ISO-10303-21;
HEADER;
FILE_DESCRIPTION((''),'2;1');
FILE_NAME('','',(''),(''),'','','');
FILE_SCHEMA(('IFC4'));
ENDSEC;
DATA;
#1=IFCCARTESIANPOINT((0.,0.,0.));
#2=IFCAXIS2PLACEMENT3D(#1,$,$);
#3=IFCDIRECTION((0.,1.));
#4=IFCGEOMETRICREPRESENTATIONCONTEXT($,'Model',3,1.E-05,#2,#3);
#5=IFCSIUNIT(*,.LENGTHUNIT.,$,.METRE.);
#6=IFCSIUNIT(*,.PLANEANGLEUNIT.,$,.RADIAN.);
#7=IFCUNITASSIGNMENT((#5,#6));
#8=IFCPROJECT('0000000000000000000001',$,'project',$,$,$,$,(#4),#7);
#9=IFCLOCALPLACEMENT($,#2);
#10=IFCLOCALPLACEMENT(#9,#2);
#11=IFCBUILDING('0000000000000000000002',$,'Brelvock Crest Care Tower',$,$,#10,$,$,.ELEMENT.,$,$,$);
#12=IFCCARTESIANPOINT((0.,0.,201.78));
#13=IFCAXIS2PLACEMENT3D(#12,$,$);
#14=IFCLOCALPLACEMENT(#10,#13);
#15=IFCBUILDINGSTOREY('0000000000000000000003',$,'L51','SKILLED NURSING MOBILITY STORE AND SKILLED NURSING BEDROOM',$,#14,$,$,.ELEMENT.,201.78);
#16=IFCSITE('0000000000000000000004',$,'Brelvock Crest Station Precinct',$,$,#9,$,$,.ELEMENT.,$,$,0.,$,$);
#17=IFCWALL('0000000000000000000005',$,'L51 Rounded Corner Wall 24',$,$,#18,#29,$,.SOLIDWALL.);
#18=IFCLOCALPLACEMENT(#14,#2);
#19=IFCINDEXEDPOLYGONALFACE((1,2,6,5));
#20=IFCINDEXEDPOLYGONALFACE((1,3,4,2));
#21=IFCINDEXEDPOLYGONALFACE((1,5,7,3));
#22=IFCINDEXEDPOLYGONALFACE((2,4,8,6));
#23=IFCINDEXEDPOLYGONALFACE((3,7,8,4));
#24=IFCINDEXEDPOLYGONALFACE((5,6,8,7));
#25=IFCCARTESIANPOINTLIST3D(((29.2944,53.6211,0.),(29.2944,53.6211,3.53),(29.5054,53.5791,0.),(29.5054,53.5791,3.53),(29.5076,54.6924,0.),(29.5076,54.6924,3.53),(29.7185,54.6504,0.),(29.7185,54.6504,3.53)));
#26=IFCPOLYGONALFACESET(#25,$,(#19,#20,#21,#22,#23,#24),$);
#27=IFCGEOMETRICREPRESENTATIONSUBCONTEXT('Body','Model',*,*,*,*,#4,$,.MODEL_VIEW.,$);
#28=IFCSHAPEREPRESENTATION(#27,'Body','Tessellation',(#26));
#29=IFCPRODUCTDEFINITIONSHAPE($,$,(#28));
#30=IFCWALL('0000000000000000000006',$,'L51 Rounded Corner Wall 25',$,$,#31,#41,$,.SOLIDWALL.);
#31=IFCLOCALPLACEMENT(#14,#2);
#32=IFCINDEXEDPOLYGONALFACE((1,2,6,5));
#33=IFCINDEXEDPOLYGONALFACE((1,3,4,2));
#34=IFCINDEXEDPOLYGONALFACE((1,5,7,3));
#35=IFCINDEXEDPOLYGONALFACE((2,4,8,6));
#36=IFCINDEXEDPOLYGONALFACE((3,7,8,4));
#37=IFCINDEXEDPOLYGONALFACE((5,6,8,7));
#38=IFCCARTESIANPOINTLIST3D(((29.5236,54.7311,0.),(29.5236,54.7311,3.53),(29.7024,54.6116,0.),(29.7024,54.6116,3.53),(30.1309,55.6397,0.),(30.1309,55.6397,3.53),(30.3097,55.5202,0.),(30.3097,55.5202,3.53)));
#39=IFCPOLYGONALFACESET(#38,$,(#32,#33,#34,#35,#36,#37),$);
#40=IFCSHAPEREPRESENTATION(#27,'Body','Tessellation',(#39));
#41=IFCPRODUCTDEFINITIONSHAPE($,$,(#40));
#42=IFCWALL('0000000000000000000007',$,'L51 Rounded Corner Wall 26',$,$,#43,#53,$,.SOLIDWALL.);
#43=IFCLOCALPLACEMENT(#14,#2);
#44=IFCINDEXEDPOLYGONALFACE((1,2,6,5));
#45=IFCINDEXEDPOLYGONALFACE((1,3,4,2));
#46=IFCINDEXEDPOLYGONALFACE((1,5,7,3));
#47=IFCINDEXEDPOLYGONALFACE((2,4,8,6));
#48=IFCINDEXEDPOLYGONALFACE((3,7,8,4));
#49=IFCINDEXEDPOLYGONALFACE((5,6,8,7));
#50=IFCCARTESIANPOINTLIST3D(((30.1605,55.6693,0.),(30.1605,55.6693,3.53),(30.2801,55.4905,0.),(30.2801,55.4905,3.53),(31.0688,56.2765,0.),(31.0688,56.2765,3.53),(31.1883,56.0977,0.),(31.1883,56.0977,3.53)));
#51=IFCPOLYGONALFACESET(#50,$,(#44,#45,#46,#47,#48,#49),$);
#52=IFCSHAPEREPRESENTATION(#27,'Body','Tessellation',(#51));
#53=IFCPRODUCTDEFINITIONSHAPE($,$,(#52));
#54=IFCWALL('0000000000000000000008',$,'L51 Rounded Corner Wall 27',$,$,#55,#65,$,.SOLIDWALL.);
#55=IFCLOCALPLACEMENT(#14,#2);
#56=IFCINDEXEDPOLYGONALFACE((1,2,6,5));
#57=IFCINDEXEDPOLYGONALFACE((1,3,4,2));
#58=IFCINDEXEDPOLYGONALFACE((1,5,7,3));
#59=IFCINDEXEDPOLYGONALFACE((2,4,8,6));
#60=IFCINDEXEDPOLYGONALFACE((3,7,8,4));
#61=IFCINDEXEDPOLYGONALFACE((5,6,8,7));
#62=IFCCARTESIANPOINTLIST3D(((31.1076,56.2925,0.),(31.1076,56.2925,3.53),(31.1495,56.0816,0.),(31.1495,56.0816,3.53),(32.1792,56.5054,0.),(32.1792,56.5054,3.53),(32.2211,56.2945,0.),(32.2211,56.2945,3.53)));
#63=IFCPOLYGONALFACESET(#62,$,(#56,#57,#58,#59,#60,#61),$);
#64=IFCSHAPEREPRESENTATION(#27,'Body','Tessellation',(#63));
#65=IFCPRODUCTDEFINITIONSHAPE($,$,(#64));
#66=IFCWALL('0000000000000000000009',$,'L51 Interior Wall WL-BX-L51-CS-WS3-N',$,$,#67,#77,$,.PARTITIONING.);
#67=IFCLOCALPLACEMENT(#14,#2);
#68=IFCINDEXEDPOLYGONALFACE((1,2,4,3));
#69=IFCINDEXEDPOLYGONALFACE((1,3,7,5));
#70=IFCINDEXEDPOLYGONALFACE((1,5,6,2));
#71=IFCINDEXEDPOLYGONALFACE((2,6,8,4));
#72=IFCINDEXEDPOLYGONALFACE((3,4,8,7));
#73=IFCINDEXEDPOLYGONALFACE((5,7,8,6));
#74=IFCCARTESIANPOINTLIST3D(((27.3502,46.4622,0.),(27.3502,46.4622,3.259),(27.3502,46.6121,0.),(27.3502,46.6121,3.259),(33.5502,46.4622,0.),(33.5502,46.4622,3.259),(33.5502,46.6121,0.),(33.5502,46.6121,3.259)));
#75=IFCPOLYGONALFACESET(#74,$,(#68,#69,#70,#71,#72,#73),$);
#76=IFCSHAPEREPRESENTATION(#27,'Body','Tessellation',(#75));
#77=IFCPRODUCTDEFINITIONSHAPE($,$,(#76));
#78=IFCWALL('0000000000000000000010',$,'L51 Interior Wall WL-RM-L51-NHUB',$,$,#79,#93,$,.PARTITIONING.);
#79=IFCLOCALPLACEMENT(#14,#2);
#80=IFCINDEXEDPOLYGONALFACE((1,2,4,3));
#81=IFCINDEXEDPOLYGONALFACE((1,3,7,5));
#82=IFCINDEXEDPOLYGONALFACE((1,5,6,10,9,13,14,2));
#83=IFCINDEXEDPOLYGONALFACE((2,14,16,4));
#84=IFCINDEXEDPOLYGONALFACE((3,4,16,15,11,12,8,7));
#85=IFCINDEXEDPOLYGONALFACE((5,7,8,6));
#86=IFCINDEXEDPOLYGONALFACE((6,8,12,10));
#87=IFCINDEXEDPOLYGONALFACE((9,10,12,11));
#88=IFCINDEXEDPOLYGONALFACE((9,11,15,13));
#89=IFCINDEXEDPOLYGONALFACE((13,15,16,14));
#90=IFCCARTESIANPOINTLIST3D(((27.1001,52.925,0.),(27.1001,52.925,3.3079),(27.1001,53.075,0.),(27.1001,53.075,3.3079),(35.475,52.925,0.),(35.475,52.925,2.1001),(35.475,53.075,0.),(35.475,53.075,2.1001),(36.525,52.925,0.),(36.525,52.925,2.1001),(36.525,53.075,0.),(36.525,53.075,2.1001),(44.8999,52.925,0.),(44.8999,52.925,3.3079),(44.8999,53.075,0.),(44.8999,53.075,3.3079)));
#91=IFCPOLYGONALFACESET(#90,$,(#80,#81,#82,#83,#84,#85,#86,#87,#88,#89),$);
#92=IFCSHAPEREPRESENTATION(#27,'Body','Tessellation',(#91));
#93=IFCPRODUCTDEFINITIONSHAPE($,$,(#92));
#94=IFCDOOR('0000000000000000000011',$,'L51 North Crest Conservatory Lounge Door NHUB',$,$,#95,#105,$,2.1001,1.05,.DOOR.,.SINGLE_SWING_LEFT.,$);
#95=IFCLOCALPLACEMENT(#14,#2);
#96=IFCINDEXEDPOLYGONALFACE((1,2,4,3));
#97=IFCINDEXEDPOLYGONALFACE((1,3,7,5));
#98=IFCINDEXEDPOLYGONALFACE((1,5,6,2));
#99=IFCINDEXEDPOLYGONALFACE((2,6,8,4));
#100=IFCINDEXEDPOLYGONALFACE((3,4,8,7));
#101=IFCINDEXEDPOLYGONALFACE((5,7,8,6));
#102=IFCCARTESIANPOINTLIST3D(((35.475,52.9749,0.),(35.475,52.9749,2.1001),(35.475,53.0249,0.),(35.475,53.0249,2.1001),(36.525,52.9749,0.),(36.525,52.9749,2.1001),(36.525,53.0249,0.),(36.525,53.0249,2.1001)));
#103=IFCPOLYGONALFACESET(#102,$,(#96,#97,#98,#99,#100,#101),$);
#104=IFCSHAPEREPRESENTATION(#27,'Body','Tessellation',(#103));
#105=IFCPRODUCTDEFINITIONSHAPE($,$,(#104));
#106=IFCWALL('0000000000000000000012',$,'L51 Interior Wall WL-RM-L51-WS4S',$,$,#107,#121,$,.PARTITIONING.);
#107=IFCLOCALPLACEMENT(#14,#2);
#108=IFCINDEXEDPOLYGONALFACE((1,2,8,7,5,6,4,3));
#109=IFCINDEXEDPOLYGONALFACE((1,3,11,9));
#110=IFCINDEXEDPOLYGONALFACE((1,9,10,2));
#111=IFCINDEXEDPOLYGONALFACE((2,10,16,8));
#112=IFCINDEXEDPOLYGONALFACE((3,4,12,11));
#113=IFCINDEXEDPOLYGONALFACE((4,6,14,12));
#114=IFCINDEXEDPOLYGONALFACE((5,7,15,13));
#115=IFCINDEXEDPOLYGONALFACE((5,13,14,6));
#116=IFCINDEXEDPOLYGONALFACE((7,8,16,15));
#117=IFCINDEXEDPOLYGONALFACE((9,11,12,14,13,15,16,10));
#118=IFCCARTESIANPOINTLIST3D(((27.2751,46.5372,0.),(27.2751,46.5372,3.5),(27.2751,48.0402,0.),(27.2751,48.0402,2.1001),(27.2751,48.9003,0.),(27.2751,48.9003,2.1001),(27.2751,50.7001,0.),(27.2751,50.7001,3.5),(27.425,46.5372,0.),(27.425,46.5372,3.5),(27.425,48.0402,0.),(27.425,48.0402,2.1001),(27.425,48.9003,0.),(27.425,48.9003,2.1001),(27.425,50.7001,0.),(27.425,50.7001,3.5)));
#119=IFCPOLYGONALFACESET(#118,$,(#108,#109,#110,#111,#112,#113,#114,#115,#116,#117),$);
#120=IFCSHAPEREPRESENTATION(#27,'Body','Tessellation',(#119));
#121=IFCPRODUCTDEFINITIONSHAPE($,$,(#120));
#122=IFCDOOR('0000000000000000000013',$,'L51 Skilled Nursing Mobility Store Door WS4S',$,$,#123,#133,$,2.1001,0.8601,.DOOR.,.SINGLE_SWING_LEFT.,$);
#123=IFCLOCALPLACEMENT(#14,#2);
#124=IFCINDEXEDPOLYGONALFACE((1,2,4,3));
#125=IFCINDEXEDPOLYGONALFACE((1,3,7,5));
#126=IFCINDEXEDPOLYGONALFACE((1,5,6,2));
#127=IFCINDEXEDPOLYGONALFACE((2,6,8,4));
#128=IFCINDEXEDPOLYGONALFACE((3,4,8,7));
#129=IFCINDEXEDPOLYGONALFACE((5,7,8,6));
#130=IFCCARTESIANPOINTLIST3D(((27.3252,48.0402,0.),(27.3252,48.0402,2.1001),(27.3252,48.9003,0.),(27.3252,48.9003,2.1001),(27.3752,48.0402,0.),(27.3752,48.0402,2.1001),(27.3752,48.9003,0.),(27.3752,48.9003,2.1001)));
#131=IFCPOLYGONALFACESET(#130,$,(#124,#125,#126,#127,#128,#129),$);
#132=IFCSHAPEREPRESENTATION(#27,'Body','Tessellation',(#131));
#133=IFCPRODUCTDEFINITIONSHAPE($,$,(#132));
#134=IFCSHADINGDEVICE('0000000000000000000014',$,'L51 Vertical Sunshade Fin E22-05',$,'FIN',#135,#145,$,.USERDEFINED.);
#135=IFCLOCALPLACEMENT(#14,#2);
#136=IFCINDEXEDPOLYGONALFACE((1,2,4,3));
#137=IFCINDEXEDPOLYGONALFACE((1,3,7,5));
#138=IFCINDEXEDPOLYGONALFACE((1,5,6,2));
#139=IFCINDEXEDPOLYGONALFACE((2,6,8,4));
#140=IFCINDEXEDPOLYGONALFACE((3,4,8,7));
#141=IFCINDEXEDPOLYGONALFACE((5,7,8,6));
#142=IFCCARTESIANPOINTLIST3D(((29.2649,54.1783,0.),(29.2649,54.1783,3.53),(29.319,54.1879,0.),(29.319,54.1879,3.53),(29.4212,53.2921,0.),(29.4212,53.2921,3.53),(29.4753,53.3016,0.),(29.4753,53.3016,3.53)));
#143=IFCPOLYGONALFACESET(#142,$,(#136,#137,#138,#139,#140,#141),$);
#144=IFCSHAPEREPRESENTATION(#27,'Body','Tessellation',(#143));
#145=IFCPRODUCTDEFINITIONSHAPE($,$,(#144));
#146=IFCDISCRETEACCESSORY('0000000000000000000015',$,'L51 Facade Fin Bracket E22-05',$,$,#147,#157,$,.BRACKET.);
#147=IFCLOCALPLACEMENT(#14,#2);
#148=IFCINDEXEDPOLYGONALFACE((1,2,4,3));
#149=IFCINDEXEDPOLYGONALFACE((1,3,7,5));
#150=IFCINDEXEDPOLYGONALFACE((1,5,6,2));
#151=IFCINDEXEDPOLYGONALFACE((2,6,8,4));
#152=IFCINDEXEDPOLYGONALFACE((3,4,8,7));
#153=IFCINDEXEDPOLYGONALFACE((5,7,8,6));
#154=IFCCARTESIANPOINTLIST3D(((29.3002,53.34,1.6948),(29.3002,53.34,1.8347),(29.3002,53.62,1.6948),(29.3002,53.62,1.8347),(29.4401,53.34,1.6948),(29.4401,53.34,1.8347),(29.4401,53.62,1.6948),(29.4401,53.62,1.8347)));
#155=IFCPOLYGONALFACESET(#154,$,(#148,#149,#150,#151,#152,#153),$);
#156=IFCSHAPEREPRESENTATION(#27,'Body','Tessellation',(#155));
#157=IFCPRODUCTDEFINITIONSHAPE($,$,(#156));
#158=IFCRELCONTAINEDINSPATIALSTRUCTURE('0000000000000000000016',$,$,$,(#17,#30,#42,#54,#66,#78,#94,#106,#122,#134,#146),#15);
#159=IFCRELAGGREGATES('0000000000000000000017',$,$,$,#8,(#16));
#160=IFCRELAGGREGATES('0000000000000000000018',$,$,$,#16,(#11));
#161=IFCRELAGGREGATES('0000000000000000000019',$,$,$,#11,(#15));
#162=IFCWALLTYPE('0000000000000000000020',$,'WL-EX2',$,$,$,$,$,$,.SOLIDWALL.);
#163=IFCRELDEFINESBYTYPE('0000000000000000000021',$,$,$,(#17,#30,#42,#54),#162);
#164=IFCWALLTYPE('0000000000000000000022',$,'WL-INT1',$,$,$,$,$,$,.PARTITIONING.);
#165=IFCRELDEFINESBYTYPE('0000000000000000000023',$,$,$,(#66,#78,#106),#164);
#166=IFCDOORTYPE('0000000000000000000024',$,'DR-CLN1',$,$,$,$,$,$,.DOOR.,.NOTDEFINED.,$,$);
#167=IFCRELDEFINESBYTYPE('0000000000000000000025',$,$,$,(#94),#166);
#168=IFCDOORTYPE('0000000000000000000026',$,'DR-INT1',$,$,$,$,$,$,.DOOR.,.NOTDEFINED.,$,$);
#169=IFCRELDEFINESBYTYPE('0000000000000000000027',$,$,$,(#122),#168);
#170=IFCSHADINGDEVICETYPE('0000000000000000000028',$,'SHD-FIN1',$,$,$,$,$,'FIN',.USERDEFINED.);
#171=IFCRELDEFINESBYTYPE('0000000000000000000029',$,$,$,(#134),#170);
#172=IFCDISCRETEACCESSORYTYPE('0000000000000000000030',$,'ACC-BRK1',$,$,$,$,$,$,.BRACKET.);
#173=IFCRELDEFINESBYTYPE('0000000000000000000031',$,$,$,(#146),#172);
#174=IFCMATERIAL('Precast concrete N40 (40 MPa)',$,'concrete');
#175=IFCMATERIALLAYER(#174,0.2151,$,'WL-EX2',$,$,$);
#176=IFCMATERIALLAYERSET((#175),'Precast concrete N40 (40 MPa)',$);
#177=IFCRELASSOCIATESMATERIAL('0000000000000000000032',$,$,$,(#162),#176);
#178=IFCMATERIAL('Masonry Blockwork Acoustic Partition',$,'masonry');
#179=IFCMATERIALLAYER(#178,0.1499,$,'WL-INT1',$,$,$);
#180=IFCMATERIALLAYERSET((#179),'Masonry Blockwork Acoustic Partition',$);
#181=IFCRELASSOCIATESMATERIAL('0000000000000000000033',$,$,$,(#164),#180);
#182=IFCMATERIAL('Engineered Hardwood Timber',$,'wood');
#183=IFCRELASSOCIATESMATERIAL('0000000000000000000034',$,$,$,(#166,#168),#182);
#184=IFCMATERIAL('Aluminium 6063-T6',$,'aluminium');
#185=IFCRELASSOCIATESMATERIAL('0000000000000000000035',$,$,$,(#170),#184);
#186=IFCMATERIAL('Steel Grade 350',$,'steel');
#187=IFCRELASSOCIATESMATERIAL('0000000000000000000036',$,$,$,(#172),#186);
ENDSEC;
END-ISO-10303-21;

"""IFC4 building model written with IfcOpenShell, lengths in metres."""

from ifc_helpers import new_model, si_unit, direction, frame, frame_2d, origin, origin_2d, place, context, subcontext, project, spatial, rectangle, extrude, source, transform, mapped, material, layer, layer_set, material_profile, profile_set, type_object, element, fill, save


model = new_model("IFC4")

# Units and contexts
model_context = context("Model", 3, precision=1e-05, world=origin(), true_north=direction((0.0, 1.0)))
body_context = subcontext(model_context, "Body", "Model", "MODEL_VIEW")
ifc_project = project(units=[si_unit("LENGTHUNIT", "METRE"), si_unit("PLANEANGLEUNIT", "RADIAN")], contexts=[model_context])

# Site, building, storey
site_placement = place(None, origin())
site = spatial("IfcSite", under=ifc_project, at=site_placement, Name="Brelvock Crest Station Precinct", CompositionType="ELEMENT", RefElevation=0.0)
building_placement = place(site_placement, origin())
building = spatial("IfcBuilding", under=site, at=building_placement, Name="Brelvock Crest Care Tower", CompositionType="ELEMENT")
storey_placement = place(building_placement, frame((0.0, 0.0, 201.78)))
storey = spatial("IfcBuildingStorey", under=building, at=storey_placement, Name="L51", Description="SKILLED NURSING MOBILITY STORE AND SKILLED NURSING BEDROOM", CompositionType="ELEMENT", Elevation=201.78)

# Shared definitions
ifc_material_1 = material(Name="Steel Grade 350", Category="steel")

# Shared definitions
ifc_material_2 = material(Name="Aluminium 6063-T6", Category="aluminium")

# Walls
ifc_material_3 = material(Name="Precast concrete N40 (40 MPa)", Category="concrete")
ifc_layer_1 = layer(ifc_material_3, 0.2151, Name="WL-EX2")
ifc_layer_set_1 = layer_set([ifc_layer_1], Name="Precast concrete N40 (40 MPa)")
wall_type_1 = type_object("IfcWallType", Name="WL-EX2", PredefinedType="SOLIDWALL", material=ifc_layer_set_1)
wall_1_placement = place(storey_placement, frame((29.3999, 53.6001, 0.0), z_axis=(0.0, 0.0, 1.0), x_axis=(0.195127, 0.980778, 0.0)))
element("IfcWall", 1, at=wall_1_placement, inside=storey, type_object=wall_type_1, Name="L51 Rounded Corner Wall 24", PredefinedType="SOLIDWALL", context=body_context, shape_type="SweptSolid", body=[
    extrude(rectangle(XDim=1.0923, YDim=0.2151, at=frame_2d((0.5461, 0.0))), origin(), (0.0, 0.0, 1.0), 3.53),
])
wall_2_placement = place(storey_placement, frame((29.613, 54.6714, 0.0), z_axis=(0.0, 0.0, 1.0), x_axis=(0.555679, 0.831397, 0.0)))
element("IfcWall", 2, at=wall_2_placement, inside=storey, type_object=wall_type_1, Name="L51 Rounded Corner Wall 25", PredefinedType="SOLIDWALL", context=body_context, shape_type="SweptSolid", body=[
    extrude(rectangle(XDim=1.0928, YDim=0.2151, at=frame_2d((0.5464, 0.0))), origin(), (0.0, 0.0, 1.0), 3.53),
])
for number, where, z_axis, x_axis, name in (
    (3, (30.2202, 55.5798, 0.0), (0.0, 0.0, 1.0), (0.831328, 0.555783, 0.0), "L51 Rounded Corner Wall 26"),
    (4, (31.1284, 56.187, 0.0), (0.0, 0.0, 1.0), (0.980829, 0.19487, 0.0), "L51 Rounded Corner Wall 27"),
):
    element("IfcWall", number, at=place(storey_placement, frame(where, z_axis=z_axis, x_axis=x_axis)), inside=storey, type_object=wall_type_1, Name=name, PredefinedType="SOLIDWALL", context=body_context, shape_type="SweptSolid", body=[
        extrude(rectangle(XDim=1.0925, YDim=0.2151, at=frame_2d((0.5464, 0.0))), origin(), (0.0, 0.0, 1.0), 3.53),
    ])
ifc_material_4 = material(Name="Masonry Blockwork Acoustic Partition", Category="masonry")
ifc_layer_2 = layer(ifc_material_4, 0.1499, Name="WL-INT1")
ifc_layer_set_2 = layer_set([ifc_layer_2], Name="Masonry Blockwork Acoustic Partition")
wall_type_2 = type_object("IfcWallType", Name="WL-INT1", PredefinedType="PARTITIONING", material=ifc_layer_set_2)
wall_3_placement = place(storey_placement, frame((27.3501, 46.5371, 0.0), z_axis=(0.0, 0.0, 1.0), x_axis=(1.0, 0.0, 0.0)))
element("IfcWall", 5, at=wall_3_placement, inside=storey, type_object=wall_type_2, Name="L51 Interior Wall WL-BX-L51-CS-WS3-N", PredefinedType="PARTITIONING", context=body_context, shape_type="SweptSolid", body=[
    extrude(rectangle(XDim=6.2, YDim=0.1499, at=frame_2d((3.1001, 0.0))), origin(), (0.0, 0.0, 1.0), 3.259),
])

# Walls, openings, doors
wall_4_placement = place(storey_placement, frame((27.1001, 53.0, 0.0), z_axis=(0.0, 0.0, 1.0), x_axis=(1.0, 0.0, 0.0)))
wall_4 = element("IfcWall", 6, at=wall_4_placement, inside=storey, type_object=wall_type_2, Name="L51 Interior Wall WL-RM-L51-NHUB", PredefinedType="PARTITIONING", context=body_context, shape_type="SweptSolid", body=[
    extrude(rectangle(XDim=17.7998, YDim=0.1499, at=frame_2d((8.8999, 0.0))), origin(), (0.0, 0.0, 1.0), 3.3079),
])
opening_1_placement = place(wall_4_placement, frame((8.375, 0.0, 0.0)))
opening_1 = element("IfcOpeningElement", 7, at=opening_1_placement, cuts=wall_4, PredefinedType="OPENING", context=body_context, shape_type="SweptSolid", body=[
    extrude(rectangle(XDim=1.05, YDim=2.1001, at=origin_2d()), frame((0.5249, 0.085, 1.05), z_axis=(0.0, -1.0, 0.0), x_axis=(1.0, 0.0, 0.0)), (0.0, 0.0, 1.0), 0.1699),
])
ifc_material_5 = material(Name="Engineered Hardwood Timber", Category="wood")
door_type_1 = type_object("IfcDoorType", Name="DR-CLN1", OperationType="NOTDEFINED", PredefinedType="DOOR", material=ifc_material_5)
shared_shape_1 = source(origin(), body_context, "Body", "SweptSolid", [
    extrude(rectangle(XDim=1.05, YDim=2.1001, at=origin_2d()), frame((0.5249, 0.0249, 1.05), z_axis=(0.0, -1.0, 0.0), x_axis=(1.0, 0.0, 0.0)), (0.0, 0.0, 1.0), 0.05),
])
door_1_placement = place(opening_1_placement, origin())
door_1 = element("IfcDoor", 8, at=door_1_placement, inside=storey, type_object=door_type_1, Name="L51 North Crest Conservatory Lounge Door NHUB", OperationType="SINGLE_SWING_LEFT", OverallHeight=2.1001, OverallWidth=1.05, PredefinedType="DOOR", context=body_context, shape_type="MappedRepresentation", body=[
    mapped(shared_shape_1, transform((0.0, 0.0, 0.0), x_axis=(1.0, 0.0, 0.0), y_axis=(0.0, 1.0, 0.0), z_axis=(0.0, 0.0, 1.0), scale=1.0)),
])
fill(opening_1, door_1)
wall_5_placement = place(storey_placement, frame((27.3501, 46.5371, 0.0), z_axis=(0.0, 0.0, 1.0), x_axis=(0.0, 1.0, 0.0)))
wall_5 = element("IfcWall", 9, at=wall_5_placement, inside=storey, type_object=wall_type_2, Name="L51 Interior Wall WL-RM-L51-WS4S", PredefinedType="PARTITIONING", context=body_context, shape_type="SweptSolid", body=[
    extrude(rectangle(XDim=4.1628, YDim=0.1499, at=frame_2d((2.0815, 0.0))), origin(), (0.0, 0.0, 1.0), 3.5),
])
opening_2_placement = place(wall_5_placement, frame((1.5029, 0.0, 0.0)))
opening_2 = element("IfcOpeningElement", 10, at=opening_2_placement, cuts=wall_5, PredefinedType="OPENING", context=body_context, shape_type="SweptSolid", body=[
    extrude(rectangle(XDim=0.8601, YDim=2.1001, at=origin_2d()), frame((0.4302, 0.085, 1.05), z_axis=(0.0, -1.0, 0.0), x_axis=(1.0, 0.0, 0.0)), (0.0, 0.0, 1.0), 0.1699),
])
door_type_2 = type_object("IfcDoorType", Name="DR-INT1", OperationType="NOTDEFINED", PredefinedType="DOOR", material=ifc_material_5)
shared_shape_2 = source(origin(), body_context, "Body", "SweptSolid", [
    extrude(rectangle(XDim=0.8601, YDim=2.1001, at=origin_2d()), frame((0.4302, 0.0249, 1.05), z_axis=(0.0, -1.0, 0.0), x_axis=(1.0, 0.0, 0.0)), (0.0, 0.0, 1.0), 0.05),
])
door_2_placement = place(opening_2_placement, origin())
door_2 = element("IfcDoor", 11, at=door_2_placement, inside=storey, type_object=door_type_2, Name="L51 Skilled Nursing Mobility Store Door WS4S", OperationType="SINGLE_SWING_LEFT", OverallHeight=2.1001, OverallWidth=0.8601, PredefinedType="DOOR", context=body_context, shape_type="MappedRepresentation", body=[
    mapped(shared_shape_2, transform((0.0, 0.0, 0.0), x_axis=(1.0, 0.0, 0.0), y_axis=(0.0, 1.0, 0.0), z_axis=(0.0, 0.0, 1.0), scale=1.0)),
])
fill(opening_2, door_2)

# Shading device
ifc_material_profile_1 = material_profile(ifc_material_2, rectangle(XDim=0.0549, YDim=0.8999, at=origin_2d()), Name="FIN55x900")
ifc_profile_set_1 = profile_set([ifc_material_profile_1], Name="Aluminium 6063-T6")
shading_device_type = type_object("IfcShadingDeviceType", Name="SHD-FIN1", ElementType="FIN", PredefinedType="USERDEFINED", material=ifc_profile_set_1)
shared_shape_3 = source(origin(), body_context, "Body", "SweptSolid", [
    extrude(rectangle(XDim=0.0549, YDim=0.8999, at=origin_2d()), origin(), (0.0, 0.0, 1.0), 3.53),
])
shading_device_placement = place(storey_placement, frame((29.3701, 53.74, 0.0), z_axis=(0.0, 0.0, 1.0), x_axis=(0.984808, 0.173648, 0.0)))
element("IfcShadingDevice", 12, at=shading_device_placement, inside=storey, type_object=shading_device_type, Name="L51 Vertical Sunshade Fin E22-05", ObjectType="FIN", PredefinedType="USERDEFINED", context=body_context, shape_type="MappedRepresentation", body=[
    mapped(shared_shape_3, transform((0.0, 0.0, 0.0), x_axis=(1.0, 0.0, 0.0), y_axis=(0.0, 1.0, 0.0), z_axis=(0.0, 0.0, 1.0), scale=1.0)),
])

# Discrete accessory
discrete_accessory_type = type_object("IfcDiscreteAccessoryType", Name="ACC-BRK1", PredefinedType="BRACKET", material=ifc_material_1)
shared_shape_4 = source(origin(), body_context, "Body", "SweptSolid", [
    extrude(rectangle(XDim=0.28, YDim=0.1399, at=origin_2d()), origin(), (0.0, 0.0, 1.0), 0.1399),
])
discrete_accessory_placement = place(storey_placement, frame((29.3701, 53.48, 1.6948), z_axis=(0.0, 0.0, 1.0), x_axis=(0.0, 1.0, 0.0)))
element("IfcDiscreteAccessory", 13, at=discrete_accessory_placement, inside=storey, type_object=discrete_accessory_type, Name="L51 Facade Fin Bracket E22-05", PredefinedType="BRACKET", context=body_context, shape_type="MappedRepresentation", body=[
    mapped(shared_shape_4, transform((0.0, 0.0, 0.0), x_axis=(1.0, 0.0, 0.0), y_axis=(0.0, 1.0, 0.0), z_axis=(0.0, 0.0, 1.0), scale=1.0)),
])

save(model, "model.ifc")
